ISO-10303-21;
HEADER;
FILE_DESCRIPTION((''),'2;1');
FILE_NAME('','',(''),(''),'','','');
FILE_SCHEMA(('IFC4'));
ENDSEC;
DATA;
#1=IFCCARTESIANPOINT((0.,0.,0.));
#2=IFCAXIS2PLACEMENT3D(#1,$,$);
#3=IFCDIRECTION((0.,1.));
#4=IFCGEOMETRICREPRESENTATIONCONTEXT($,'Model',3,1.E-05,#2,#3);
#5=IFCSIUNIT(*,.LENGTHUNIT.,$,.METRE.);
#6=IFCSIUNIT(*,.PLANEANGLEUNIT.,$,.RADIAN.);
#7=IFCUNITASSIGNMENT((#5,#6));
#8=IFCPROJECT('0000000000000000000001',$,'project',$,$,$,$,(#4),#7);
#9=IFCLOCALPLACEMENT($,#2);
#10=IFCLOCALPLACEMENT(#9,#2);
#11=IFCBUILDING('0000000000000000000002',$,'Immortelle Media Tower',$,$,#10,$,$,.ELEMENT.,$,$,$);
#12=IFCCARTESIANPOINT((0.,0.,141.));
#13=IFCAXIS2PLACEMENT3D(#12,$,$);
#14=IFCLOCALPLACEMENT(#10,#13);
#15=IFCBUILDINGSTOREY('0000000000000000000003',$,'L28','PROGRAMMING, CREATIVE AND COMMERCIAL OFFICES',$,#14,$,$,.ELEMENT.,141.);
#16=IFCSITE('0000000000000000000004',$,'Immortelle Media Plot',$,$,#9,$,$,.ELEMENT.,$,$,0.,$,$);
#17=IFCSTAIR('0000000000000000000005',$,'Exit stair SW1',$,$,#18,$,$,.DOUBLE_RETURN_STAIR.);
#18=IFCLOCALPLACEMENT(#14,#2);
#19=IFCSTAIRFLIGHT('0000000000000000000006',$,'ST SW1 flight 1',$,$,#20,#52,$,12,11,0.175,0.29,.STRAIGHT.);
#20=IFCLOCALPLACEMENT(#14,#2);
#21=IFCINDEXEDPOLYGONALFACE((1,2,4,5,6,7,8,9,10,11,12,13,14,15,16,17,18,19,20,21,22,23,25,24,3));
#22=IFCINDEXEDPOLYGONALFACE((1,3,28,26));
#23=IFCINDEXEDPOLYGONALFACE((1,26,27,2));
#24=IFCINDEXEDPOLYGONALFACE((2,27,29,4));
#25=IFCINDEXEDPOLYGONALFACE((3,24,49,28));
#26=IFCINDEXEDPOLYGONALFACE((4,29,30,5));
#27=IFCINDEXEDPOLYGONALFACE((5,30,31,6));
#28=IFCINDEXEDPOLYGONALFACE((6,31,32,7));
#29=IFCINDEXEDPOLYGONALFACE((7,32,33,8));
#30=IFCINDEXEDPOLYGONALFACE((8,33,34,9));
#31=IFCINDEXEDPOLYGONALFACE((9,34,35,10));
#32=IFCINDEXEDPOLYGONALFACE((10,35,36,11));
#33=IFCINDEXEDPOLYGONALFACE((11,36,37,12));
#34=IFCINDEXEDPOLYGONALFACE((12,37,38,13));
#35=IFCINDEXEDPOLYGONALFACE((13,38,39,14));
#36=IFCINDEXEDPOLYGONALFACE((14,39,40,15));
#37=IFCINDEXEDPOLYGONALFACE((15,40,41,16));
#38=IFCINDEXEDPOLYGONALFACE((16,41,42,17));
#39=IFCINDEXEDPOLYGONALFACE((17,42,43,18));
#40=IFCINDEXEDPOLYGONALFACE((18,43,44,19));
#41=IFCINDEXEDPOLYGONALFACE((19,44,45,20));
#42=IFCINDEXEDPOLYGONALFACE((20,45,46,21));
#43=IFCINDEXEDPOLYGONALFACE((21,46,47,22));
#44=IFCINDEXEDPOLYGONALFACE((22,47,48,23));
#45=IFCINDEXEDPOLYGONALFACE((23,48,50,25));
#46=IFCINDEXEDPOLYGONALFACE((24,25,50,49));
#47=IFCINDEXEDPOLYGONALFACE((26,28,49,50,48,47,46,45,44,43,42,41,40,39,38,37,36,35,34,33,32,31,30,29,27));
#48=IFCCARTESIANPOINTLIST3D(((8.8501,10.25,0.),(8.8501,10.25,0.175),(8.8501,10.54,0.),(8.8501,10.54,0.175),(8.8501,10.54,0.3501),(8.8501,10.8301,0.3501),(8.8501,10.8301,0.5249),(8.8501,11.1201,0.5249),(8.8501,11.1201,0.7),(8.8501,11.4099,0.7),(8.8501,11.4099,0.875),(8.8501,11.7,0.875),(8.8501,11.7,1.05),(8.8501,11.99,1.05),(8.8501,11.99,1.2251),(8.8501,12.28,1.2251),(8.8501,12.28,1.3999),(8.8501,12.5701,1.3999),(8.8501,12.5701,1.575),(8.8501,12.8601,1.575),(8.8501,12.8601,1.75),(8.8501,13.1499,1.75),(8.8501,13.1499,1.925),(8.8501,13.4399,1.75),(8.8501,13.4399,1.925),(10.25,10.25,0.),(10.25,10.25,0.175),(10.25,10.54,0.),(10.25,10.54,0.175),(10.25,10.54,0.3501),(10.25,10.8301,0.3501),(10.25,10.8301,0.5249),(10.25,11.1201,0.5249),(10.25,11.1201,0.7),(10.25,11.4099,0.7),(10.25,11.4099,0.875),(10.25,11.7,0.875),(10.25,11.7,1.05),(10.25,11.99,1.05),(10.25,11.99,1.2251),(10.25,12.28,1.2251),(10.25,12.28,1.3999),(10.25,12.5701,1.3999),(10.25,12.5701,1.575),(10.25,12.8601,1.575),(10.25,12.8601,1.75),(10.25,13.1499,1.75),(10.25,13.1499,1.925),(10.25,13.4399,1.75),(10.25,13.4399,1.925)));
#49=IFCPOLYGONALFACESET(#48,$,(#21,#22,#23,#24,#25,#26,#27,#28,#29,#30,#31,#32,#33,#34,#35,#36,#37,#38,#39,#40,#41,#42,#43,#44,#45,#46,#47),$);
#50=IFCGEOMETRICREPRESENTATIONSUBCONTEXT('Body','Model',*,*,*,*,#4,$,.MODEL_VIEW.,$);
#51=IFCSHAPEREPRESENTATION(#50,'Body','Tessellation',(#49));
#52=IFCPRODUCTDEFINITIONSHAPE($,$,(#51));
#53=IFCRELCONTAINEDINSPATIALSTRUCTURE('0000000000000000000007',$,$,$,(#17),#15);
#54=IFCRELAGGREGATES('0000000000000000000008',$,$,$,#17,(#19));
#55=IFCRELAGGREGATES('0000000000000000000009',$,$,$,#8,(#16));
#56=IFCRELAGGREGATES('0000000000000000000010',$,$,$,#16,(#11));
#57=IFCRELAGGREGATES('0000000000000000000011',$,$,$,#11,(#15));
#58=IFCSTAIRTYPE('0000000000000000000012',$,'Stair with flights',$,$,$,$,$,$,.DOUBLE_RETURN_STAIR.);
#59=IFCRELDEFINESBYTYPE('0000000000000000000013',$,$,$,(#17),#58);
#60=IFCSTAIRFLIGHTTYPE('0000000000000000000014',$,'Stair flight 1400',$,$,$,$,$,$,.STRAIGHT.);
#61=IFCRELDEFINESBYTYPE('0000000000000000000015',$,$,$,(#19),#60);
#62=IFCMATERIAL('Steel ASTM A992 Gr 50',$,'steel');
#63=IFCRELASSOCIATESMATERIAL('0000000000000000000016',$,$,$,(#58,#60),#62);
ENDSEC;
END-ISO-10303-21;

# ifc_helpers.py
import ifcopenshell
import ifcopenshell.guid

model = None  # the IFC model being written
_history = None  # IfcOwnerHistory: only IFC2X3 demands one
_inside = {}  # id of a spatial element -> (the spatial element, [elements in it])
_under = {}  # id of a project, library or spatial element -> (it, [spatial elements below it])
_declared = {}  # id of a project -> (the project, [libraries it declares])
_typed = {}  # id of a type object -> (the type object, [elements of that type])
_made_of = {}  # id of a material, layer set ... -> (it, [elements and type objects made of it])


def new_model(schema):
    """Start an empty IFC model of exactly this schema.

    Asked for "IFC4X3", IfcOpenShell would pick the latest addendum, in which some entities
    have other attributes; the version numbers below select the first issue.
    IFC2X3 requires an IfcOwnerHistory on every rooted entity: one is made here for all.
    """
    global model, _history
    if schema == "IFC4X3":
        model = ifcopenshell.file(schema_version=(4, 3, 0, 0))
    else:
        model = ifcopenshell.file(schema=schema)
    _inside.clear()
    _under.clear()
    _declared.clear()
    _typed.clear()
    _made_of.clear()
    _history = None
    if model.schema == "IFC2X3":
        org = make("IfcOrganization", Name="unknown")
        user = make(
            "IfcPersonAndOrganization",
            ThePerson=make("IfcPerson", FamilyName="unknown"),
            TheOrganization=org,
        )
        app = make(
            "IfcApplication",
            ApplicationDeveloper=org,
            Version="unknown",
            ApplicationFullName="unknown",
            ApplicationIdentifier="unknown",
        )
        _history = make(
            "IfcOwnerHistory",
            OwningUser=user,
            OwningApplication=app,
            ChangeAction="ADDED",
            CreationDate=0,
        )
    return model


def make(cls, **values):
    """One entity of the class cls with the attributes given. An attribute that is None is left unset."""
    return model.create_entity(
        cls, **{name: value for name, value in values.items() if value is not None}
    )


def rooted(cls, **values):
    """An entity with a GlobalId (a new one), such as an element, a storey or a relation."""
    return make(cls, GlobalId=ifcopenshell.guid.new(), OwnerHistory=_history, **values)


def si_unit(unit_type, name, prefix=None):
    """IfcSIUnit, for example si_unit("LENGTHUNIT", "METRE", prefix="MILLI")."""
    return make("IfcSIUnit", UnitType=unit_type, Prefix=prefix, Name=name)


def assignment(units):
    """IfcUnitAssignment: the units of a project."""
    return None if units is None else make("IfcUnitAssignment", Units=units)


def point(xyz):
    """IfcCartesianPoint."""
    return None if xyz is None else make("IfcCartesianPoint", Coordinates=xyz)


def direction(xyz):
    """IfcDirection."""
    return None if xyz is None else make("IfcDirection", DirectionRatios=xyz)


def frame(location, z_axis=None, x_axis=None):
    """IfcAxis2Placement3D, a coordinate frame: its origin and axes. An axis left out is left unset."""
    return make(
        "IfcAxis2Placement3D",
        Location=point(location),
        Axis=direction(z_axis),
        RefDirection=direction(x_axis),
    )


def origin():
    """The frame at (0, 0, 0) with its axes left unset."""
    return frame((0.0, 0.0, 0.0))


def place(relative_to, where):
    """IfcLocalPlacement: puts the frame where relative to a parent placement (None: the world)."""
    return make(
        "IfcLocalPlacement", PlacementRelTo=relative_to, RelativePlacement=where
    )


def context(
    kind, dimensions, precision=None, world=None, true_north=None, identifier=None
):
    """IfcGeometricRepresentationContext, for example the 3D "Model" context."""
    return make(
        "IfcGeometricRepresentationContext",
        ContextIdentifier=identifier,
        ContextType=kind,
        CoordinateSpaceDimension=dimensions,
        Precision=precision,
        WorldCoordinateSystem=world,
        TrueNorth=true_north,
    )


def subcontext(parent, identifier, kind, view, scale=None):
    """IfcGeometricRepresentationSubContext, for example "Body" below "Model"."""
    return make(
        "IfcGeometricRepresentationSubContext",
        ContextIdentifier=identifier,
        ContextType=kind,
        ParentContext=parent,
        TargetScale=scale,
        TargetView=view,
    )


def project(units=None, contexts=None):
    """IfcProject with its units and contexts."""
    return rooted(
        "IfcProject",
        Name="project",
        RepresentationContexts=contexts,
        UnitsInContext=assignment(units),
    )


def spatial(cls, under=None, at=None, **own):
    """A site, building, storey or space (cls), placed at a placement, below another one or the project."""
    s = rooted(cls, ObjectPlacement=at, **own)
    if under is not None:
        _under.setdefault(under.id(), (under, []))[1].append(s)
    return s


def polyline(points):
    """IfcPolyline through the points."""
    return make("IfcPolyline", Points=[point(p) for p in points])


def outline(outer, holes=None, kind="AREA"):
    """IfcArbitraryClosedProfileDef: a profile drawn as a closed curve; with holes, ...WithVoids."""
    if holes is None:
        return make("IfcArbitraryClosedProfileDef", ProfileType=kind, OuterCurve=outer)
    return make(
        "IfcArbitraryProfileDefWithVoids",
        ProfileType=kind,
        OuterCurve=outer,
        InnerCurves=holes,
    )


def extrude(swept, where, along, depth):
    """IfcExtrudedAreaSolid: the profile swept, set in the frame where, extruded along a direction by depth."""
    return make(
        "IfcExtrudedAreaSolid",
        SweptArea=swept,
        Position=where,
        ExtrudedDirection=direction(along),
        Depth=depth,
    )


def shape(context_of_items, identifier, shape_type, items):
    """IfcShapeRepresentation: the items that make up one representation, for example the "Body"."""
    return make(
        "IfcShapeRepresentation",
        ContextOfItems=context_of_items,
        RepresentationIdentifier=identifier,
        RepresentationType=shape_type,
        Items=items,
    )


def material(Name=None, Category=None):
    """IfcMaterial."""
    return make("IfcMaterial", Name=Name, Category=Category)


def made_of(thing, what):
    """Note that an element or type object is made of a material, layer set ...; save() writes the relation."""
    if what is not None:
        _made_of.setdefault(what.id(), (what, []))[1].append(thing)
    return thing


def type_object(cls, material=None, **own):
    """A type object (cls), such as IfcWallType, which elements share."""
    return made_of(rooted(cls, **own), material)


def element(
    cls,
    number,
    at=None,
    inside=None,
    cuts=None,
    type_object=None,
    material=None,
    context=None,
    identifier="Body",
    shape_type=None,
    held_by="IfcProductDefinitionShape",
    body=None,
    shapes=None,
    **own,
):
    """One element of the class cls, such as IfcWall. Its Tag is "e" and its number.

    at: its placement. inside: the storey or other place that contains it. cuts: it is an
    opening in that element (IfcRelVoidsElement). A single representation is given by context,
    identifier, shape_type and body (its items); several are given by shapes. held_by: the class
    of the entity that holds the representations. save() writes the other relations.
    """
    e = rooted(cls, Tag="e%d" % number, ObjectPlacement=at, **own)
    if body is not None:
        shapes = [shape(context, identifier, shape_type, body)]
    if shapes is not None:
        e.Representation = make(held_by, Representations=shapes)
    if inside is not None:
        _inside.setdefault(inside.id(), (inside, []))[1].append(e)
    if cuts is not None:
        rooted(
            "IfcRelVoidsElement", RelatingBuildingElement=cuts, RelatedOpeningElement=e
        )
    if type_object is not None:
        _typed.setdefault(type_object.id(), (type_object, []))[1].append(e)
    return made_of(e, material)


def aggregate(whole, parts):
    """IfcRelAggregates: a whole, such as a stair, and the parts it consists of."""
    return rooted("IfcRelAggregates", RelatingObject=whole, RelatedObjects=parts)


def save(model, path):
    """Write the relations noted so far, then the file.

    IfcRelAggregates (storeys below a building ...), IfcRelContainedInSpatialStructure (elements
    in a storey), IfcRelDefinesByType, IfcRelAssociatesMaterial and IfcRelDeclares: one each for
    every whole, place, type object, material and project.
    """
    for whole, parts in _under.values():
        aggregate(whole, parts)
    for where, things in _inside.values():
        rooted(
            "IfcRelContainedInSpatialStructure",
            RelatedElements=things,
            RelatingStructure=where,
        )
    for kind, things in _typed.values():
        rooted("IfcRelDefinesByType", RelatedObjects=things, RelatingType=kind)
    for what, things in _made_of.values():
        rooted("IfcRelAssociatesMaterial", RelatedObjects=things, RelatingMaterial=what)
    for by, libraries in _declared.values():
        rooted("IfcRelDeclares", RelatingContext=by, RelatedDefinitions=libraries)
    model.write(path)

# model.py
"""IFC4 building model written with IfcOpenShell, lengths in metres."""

from ifc_helpers import new_model, si_unit, direction, frame, origin, place, context, subcontext, project, spatial, polyline, outline, extrude, material, type_object, element, aggregate, save


model = new_model("IFC4")

# Units and contexts
model_context = context("Model", 3, precision=1e-05, world=origin(), true_north=direction((0.0, 1.0)))
body_context = subcontext(model_context, "Body", "Model", "MODEL_VIEW")
ifc_project = project(units=[si_unit("LENGTHUNIT", "METRE"), si_unit("PLANEANGLEUNIT", "RADIAN")], contexts=[model_context])

# Site, building, storey
site_placement = place(None, origin())
site = spatial("IfcSite", under=ifc_project, at=site_placement, Name="Immortelle Media Plot", CompositionType="ELEMENT", RefElevation=0.0)
building_placement = place(site_placement, origin())
building = spatial("IfcBuilding", under=site, at=building_placement, Name="Immortelle Media Tower", CompositionType="ELEMENT")
storey_placement = place(building_placement, frame((0.0, 0.0, 141.0)))
storey = spatial("IfcBuildingStorey", under=building, at=storey_placement, Name="L28", Description="PROGRAMMING, CREATIVE AND COMMERCIAL OFFICES", CompositionType="ELEMENT", Elevation=141.0)

# Shared definitions
ifc_material_1 = material(Name="Steel ASTM A992 Gr 50", Category="steel")

# Stair, stair flight
stair_type = type_object("IfcStairType", Name="Stair with flights", PredefinedType="DOUBLE_RETURN_STAIR", material=ifc_material_1)
stair_placement = place(storey_placement, origin())
stair = element("IfcStair", 1, at=stair_placement, inside=storey, type_object=stair_type, Name="Exit stair SW1", PredefinedType="DOUBLE_RETURN_STAIR")
stair_flight_type = type_object("IfcStairFlightType", Name="Stair flight 1400", PredefinedType="STRAIGHT", material=ifc_material_1)
stair_flight_placement = place(storey_placement, frame((9.55, 10.25, 0.0), z_axis=(0.0, 0.0, 1.0), x_axis=(0.0, 1.0, 0.0)))
stair_flight = element("IfcStairFlight", 2, at=stair_flight_placement, type_object=stair_flight_type, Name="ST SW1 flight 1", NumberOfRisers=12, NumberOfTreads=11, PredefinedType="STRAIGHT", RiserHeight=0.175, TreadLength=0.29, context=body_context, shape_type="SweptSolid", body=[
    extrude(outline(polyline([(0.0, 0.0), (0.0, 0.175), (0.29, 0.175), (0.29, 0.3501), (0.5801, 0.3501), (0.5801, 0.5249), (0.8701, 0.5249), (0.8701, 0.7), (1.1599, 0.7), (1.1599, 0.875), (1.45, 0.875), (1.45, 1.05), (1.74, 1.05), (1.74, 1.2251), (2.03, 1.2251), (2.03, 1.3999), (2.3201, 1.3999), (2.3201, 1.575), (2.6101, 1.575), (2.6101, 1.75), (2.8999, 1.75), (2.8999, 1.925), (3.1899, 1.925), (3.1899, 2.1001), (3.1899, 1.75), (0.29, 0.0), (0.0, 0.0)])), frame((0.0, 0.7, 0.0), z_axis=(0.0, -1.0, 0.0), x_axis=(1.0, 0.0, 0.0)), (0.0, 0.0, 1.0), 1.3999),
])
aggregate(stair, [stair_flight])

save(model, "model.ifc")
